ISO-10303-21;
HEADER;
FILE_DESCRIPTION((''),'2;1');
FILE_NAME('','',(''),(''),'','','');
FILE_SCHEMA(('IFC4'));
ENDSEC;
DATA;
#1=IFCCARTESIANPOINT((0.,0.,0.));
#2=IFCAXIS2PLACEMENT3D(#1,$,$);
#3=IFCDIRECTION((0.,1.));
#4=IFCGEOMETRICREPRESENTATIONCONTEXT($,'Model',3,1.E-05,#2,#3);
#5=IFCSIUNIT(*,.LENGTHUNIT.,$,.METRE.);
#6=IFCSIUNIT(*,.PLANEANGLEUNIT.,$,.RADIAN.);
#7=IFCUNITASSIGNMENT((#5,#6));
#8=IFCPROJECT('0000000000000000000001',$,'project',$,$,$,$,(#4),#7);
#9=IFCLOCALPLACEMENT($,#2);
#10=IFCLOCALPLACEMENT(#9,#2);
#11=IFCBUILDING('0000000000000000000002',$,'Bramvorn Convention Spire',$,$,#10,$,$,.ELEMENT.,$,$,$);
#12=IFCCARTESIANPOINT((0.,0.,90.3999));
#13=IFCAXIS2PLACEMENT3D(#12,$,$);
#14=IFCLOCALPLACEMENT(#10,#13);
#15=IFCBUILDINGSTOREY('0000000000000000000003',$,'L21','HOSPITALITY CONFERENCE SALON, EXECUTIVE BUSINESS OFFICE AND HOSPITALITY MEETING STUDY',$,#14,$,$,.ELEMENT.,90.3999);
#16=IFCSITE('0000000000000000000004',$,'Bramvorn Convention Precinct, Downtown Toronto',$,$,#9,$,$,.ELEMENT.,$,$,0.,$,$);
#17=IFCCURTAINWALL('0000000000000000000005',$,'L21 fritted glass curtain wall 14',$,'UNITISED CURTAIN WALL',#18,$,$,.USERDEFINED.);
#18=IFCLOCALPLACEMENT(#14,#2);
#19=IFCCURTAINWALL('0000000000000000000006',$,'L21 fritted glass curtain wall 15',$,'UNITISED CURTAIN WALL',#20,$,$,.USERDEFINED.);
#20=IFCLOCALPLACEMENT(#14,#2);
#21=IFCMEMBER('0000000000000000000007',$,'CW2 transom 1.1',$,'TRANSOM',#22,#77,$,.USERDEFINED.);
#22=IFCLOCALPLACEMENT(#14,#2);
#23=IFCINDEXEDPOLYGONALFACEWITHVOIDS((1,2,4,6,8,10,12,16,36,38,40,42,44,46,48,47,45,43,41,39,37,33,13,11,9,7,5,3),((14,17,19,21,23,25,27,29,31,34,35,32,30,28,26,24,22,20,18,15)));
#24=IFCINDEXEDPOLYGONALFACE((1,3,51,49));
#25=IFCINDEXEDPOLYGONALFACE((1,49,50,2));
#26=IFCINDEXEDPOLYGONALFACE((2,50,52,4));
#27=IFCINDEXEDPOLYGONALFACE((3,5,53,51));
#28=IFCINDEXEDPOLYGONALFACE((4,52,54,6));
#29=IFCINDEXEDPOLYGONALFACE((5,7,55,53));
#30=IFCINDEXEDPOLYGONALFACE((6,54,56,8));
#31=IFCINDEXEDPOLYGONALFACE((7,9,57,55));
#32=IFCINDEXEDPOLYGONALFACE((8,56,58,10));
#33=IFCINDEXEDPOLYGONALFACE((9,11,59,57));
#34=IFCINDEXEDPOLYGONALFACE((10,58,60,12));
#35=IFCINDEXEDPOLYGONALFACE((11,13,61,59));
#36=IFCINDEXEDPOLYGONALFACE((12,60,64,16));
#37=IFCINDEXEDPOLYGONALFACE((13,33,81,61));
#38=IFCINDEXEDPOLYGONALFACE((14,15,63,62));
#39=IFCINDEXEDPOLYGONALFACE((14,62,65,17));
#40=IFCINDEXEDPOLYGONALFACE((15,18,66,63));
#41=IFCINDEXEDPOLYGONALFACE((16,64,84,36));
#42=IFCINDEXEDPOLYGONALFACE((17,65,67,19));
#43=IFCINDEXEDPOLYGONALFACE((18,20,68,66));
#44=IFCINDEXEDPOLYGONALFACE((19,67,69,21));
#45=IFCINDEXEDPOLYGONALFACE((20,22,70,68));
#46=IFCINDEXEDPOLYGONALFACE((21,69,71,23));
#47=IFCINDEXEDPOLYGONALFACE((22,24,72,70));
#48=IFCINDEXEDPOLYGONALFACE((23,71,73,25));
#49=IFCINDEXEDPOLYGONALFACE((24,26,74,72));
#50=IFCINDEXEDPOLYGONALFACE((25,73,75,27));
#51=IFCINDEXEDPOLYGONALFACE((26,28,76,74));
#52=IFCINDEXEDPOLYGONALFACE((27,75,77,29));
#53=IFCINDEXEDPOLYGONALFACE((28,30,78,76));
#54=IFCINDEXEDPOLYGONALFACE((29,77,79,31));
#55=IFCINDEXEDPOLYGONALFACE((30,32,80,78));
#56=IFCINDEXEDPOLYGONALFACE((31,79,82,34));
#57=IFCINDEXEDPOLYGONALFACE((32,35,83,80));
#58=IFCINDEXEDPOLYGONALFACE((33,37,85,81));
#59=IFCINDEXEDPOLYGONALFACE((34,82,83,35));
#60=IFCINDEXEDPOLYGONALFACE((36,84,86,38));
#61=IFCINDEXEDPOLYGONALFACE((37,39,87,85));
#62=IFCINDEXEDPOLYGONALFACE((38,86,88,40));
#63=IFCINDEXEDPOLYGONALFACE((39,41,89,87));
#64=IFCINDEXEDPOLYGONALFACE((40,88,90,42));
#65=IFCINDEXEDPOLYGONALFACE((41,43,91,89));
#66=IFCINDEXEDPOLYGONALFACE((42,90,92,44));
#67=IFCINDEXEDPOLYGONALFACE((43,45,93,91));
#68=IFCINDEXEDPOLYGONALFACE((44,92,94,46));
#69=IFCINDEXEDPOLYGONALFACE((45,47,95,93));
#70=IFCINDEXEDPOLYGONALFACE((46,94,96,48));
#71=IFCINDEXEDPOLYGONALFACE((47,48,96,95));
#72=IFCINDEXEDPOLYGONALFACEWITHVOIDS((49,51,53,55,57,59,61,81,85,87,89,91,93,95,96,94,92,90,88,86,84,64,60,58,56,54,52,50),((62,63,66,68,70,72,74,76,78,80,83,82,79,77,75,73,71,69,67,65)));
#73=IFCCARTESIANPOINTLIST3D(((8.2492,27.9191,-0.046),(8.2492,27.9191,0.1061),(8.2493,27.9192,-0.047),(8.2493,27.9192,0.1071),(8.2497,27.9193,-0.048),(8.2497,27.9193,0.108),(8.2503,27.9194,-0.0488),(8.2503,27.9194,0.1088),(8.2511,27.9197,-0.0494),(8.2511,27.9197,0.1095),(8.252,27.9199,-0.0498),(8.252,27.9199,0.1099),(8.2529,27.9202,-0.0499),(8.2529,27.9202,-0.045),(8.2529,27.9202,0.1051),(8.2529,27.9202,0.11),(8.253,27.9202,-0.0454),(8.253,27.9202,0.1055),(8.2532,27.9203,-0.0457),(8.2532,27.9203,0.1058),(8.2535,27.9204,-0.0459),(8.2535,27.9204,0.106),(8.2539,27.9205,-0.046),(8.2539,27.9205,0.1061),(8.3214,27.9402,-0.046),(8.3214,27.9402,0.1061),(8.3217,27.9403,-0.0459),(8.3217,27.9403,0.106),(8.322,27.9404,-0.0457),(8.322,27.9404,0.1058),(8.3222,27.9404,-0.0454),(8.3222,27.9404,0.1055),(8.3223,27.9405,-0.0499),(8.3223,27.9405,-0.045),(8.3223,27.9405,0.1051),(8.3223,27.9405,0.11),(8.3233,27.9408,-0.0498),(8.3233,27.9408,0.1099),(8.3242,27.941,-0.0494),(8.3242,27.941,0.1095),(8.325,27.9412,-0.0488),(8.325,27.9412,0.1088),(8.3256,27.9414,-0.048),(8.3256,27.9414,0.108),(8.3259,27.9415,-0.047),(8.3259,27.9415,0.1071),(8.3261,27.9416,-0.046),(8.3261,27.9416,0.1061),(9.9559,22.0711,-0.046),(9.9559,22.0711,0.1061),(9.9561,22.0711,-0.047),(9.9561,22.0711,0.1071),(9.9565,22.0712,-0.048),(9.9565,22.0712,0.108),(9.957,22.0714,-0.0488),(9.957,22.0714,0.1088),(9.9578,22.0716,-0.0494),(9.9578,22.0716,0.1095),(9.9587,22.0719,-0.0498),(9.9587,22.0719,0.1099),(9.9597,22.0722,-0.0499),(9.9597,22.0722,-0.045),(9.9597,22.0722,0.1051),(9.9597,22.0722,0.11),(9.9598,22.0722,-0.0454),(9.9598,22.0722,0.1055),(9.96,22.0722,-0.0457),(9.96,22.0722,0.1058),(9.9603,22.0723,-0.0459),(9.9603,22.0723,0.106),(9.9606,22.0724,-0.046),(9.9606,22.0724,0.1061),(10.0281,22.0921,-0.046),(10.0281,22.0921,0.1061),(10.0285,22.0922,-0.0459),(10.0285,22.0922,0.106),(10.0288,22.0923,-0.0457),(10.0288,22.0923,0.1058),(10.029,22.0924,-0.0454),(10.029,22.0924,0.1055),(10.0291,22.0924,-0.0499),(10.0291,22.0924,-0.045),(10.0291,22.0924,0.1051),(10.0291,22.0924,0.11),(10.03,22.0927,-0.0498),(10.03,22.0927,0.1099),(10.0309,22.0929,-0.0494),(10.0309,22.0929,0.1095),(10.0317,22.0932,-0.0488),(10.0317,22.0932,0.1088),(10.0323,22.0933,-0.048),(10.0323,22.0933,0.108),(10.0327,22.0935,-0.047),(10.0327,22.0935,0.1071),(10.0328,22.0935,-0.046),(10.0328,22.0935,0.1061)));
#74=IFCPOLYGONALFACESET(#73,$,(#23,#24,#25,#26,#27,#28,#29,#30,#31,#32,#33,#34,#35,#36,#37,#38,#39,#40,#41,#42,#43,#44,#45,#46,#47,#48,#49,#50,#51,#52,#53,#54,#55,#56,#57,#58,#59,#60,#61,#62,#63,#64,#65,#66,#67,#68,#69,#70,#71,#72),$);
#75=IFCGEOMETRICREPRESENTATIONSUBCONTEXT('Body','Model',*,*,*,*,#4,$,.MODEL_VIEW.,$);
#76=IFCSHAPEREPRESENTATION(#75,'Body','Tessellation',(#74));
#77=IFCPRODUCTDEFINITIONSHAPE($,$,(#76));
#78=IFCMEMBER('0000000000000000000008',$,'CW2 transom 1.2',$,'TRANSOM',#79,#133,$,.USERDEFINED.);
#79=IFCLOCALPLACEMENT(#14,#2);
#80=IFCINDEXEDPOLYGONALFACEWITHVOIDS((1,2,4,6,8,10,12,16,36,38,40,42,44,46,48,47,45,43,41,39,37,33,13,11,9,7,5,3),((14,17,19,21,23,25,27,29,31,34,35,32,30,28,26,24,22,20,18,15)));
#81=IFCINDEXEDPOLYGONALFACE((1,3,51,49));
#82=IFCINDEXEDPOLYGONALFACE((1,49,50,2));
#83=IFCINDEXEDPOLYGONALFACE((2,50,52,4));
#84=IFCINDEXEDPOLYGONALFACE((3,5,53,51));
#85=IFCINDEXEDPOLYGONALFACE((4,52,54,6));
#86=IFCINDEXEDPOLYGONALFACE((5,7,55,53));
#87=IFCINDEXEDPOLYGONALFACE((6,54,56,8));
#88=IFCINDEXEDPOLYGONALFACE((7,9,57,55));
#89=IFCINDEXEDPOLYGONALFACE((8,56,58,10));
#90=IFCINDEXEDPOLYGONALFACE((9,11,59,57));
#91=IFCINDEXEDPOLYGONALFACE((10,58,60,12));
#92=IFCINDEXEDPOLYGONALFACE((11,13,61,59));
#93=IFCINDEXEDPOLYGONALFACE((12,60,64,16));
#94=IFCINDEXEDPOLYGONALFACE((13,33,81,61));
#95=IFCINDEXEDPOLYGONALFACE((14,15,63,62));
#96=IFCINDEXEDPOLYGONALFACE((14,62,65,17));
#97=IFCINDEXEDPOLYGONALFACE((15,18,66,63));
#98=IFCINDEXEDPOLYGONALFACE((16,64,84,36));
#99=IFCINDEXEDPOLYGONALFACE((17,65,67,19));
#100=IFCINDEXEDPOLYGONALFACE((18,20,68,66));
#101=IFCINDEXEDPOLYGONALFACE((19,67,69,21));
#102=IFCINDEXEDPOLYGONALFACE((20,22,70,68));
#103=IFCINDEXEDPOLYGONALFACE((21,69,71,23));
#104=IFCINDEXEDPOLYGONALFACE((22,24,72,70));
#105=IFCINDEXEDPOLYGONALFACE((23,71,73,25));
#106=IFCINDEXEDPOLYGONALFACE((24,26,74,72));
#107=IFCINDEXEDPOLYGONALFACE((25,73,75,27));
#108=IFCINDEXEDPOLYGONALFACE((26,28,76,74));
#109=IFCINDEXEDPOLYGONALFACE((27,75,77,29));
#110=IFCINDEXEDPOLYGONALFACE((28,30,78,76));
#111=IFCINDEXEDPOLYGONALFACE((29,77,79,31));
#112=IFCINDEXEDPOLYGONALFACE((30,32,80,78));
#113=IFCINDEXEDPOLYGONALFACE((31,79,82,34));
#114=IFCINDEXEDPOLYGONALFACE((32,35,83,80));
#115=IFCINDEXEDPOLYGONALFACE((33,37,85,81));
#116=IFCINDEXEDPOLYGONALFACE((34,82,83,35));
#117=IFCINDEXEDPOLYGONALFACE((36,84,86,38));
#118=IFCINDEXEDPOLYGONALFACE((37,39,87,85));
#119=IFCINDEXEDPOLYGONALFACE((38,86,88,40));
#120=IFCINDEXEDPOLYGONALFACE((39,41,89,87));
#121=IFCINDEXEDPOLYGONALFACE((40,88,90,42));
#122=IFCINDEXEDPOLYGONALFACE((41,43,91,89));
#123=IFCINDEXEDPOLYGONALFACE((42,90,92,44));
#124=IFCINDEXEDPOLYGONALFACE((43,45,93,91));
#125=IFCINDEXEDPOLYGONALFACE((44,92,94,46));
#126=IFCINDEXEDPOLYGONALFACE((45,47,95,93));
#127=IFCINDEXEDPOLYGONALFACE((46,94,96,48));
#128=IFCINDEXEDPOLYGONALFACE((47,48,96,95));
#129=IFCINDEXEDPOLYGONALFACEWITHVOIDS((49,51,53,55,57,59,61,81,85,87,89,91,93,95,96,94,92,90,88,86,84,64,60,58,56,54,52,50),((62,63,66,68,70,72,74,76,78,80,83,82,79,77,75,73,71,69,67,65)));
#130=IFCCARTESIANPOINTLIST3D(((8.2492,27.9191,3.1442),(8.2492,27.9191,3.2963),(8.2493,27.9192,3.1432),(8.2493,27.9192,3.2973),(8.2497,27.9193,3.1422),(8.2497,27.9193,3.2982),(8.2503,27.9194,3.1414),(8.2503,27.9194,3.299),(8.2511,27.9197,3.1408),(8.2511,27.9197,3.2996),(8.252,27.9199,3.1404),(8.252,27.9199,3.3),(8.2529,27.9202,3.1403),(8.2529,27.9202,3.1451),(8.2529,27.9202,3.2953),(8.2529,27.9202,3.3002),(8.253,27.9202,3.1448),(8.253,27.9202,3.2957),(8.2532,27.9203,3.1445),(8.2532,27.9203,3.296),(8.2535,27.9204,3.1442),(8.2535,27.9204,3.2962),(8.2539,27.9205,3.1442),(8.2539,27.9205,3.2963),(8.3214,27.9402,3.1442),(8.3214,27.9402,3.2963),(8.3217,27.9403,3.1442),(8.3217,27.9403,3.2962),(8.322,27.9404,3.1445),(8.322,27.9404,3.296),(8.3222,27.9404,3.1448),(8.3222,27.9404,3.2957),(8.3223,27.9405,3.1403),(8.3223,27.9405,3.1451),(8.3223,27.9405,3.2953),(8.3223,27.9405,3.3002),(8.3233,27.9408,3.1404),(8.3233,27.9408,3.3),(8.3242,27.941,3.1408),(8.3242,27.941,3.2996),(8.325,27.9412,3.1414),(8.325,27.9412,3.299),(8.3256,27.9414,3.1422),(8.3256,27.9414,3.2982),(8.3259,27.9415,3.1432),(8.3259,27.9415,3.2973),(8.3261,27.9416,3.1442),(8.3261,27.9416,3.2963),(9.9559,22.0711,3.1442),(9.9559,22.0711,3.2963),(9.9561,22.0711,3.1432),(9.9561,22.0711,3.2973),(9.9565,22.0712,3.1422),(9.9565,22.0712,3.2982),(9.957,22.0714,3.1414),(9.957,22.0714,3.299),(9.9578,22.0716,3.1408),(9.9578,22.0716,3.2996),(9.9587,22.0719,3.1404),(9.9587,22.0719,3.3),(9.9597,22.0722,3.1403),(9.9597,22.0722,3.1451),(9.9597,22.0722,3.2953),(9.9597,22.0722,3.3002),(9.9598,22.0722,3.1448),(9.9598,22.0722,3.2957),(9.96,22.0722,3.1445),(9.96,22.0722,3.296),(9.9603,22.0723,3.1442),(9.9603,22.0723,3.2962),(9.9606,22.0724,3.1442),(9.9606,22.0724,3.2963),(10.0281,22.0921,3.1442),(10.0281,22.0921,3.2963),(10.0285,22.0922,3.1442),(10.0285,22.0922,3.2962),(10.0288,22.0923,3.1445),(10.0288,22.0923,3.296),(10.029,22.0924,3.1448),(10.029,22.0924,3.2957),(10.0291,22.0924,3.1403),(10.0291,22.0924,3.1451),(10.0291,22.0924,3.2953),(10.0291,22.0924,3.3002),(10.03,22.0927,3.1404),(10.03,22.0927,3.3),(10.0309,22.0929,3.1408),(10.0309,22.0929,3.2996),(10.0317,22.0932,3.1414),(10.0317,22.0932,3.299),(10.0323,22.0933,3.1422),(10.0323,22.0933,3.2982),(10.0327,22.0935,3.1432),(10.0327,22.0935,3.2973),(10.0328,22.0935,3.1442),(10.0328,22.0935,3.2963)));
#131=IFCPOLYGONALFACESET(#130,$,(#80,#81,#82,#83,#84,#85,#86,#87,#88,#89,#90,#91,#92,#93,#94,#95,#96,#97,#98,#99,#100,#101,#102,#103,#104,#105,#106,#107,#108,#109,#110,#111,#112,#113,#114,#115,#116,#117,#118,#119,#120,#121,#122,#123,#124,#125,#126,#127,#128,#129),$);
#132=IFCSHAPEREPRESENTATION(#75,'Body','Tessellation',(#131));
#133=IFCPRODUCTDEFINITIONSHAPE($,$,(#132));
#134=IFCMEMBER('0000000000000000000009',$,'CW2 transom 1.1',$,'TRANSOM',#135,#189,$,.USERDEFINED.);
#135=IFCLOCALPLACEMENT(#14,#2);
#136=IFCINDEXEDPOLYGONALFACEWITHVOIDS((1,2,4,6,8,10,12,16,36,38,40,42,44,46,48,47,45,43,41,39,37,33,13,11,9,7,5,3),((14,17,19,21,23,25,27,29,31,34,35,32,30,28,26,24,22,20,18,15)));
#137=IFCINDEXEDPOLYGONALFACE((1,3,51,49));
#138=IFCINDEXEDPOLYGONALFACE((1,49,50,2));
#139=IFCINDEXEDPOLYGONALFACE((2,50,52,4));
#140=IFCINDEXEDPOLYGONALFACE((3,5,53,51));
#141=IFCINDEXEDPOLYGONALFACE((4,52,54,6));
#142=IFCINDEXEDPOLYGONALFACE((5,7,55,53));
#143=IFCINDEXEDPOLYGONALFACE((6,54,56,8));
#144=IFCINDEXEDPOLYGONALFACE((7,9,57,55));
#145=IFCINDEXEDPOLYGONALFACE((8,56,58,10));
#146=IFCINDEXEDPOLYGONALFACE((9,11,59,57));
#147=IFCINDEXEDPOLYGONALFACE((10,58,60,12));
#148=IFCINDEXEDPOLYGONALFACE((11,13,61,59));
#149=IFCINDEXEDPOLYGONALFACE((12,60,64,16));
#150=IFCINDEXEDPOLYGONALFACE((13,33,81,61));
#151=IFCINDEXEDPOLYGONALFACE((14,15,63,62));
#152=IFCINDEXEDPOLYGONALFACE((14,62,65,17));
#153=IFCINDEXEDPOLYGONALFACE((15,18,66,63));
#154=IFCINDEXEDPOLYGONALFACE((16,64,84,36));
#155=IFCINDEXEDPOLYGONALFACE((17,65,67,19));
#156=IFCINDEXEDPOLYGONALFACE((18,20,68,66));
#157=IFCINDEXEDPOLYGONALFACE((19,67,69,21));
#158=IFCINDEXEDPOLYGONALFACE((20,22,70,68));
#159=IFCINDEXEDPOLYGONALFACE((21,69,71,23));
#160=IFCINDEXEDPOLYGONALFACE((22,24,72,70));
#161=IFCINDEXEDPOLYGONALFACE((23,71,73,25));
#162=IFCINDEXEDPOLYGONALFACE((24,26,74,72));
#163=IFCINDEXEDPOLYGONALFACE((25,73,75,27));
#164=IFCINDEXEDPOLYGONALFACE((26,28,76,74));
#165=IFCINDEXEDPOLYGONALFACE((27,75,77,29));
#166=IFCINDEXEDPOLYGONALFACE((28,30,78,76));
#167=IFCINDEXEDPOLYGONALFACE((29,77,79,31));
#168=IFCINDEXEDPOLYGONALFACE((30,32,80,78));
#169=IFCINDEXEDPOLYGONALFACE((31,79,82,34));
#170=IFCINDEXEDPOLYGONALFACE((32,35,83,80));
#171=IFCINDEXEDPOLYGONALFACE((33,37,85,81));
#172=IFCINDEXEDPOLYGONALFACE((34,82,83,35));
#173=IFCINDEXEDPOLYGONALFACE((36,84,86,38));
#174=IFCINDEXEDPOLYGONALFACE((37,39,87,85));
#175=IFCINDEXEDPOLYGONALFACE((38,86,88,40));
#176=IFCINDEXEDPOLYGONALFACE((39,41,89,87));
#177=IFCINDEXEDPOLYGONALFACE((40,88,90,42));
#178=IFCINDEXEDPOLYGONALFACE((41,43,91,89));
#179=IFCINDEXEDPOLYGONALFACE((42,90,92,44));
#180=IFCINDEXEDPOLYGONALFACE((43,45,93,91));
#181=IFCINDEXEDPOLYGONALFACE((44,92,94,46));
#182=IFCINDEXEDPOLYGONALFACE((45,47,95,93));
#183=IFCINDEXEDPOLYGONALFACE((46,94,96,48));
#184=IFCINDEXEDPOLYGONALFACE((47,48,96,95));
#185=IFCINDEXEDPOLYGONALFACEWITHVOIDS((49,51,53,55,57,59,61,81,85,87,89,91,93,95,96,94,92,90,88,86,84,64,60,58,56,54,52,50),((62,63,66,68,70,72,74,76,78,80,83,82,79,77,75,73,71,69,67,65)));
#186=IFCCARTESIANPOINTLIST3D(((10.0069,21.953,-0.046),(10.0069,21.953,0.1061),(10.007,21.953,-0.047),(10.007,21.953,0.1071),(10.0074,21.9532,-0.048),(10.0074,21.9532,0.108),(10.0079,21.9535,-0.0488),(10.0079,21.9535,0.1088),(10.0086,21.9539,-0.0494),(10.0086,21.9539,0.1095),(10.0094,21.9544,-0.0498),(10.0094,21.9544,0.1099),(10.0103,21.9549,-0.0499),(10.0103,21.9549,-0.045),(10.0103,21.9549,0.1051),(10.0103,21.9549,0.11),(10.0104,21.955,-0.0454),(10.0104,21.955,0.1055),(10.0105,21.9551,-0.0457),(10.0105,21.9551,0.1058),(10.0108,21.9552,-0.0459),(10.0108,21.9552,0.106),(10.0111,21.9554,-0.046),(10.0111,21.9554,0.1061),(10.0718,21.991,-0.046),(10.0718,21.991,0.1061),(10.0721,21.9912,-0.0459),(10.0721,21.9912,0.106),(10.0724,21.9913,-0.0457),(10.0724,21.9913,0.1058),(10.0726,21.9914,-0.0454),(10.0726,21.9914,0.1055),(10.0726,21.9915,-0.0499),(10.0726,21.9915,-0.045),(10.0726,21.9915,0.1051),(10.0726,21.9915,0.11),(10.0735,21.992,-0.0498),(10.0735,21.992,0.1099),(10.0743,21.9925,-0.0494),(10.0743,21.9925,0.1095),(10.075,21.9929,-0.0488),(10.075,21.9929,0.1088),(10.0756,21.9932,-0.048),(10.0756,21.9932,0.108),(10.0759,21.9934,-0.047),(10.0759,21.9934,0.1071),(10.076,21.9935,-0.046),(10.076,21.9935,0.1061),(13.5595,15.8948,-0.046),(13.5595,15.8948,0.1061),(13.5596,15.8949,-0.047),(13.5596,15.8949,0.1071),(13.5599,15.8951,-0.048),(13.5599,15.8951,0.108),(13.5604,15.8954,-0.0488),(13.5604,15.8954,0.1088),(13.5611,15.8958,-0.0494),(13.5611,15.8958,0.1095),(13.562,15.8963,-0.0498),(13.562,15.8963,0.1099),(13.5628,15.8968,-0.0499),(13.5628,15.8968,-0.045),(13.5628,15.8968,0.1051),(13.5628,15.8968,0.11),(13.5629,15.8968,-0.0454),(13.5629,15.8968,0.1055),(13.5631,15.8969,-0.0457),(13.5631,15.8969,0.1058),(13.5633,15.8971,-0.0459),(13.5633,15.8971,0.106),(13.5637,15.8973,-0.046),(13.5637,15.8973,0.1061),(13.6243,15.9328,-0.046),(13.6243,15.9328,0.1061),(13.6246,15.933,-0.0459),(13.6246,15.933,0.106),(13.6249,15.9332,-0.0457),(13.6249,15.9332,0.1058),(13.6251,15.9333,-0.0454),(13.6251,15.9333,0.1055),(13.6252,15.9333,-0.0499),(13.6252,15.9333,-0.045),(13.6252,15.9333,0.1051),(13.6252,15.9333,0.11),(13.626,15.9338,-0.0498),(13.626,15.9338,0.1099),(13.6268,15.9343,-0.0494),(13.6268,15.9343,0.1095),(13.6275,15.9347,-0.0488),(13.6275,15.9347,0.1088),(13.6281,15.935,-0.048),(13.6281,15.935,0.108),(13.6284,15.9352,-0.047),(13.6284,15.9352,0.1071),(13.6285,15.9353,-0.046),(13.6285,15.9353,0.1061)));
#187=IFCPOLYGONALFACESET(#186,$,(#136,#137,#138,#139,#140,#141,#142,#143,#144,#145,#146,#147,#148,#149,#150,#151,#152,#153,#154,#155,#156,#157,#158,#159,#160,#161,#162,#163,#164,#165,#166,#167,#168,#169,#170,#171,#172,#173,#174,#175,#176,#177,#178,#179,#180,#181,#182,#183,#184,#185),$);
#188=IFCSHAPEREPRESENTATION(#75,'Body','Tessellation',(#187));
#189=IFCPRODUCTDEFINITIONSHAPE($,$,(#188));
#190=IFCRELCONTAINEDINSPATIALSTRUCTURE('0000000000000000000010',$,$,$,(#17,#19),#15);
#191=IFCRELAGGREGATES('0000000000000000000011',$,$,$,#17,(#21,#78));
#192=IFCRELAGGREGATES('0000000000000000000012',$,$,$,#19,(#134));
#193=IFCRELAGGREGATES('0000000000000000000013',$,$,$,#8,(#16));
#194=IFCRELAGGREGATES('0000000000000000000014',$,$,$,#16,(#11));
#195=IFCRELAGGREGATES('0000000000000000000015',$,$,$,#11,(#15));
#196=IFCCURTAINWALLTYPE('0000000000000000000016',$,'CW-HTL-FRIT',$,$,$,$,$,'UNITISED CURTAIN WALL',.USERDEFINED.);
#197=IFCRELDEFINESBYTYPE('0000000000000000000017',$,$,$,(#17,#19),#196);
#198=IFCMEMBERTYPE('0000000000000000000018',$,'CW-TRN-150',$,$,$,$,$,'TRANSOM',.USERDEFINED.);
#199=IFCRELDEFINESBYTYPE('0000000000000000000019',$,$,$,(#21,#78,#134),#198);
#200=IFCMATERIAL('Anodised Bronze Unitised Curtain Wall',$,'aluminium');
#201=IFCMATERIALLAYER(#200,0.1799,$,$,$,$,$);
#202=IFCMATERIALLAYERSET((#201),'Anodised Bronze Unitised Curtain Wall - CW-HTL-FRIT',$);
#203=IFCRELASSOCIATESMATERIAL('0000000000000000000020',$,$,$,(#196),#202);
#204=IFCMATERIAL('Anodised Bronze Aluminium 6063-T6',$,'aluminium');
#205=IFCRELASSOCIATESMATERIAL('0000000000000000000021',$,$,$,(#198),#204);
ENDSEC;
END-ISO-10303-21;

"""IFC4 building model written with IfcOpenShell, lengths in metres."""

from ifc_helpers import new_model, si_unit, direction, frame, origin, origin_2d, place, context, subcontext, project, spatial, hollow_rectangle, extrude, material, layer, layer_set, material_profile, profile_set, type_object, element, aggregate, save


model = new_model("IFC4")

# Units and contexts
model_context = context("Model", 3, precision=1e-05, world=origin(), true_north=direction((0.0, 1.0)))
body_context = subcontext(model_context, "Body", "Model", "MODEL_VIEW")
ifc_project = project(units=[si_unit("LENGTHUNIT", "METRE"), si_unit("PLANEANGLEUNIT", "RADIAN")], contexts=[model_context])

# Site, building, storey
site_placement = place(None, origin())
site = spatial("IfcSite", under=ifc_project, at=site_placement, Name="Bramvorn Convention Precinct, Downtown Toronto", CompositionType="ELEMENT", RefElevation=0.0)
building_placement = place(site_placement, origin())
building = spatial("IfcBuilding", under=site, at=building_placement, Name="Bramvorn Convention Spire", CompositionType="ELEMENT")
storey_placement = place(building_placement, frame((0.0, 0.0, 90.3999)))
storey = spatial("IfcBuildingStorey", under=building, at=storey_placement, Name="L21", Description="HOSPITALITY CONFERENCE SALON, EXECUTIVE BUSINESS OFFICE AND HOSPITALITY MEETING STUDY", CompositionType="ELEMENT", Elevation=90.3999)

# Curtain wall
ifc_material_1 = material(Name="Anodised Bronze Unitised Curtain Wall", Category="aluminium")
ifc_layer_1 = layer(ifc_material_1, 0.1799)
ifc_layer_set_1 = layer_set([ifc_layer_1], Name="Anodised Bronze Unitised Curtain Wall - CW-HTL-FRIT")
curtain_wall_type = type_object("IfcCurtainWallType", Name="CW-HTL-FRIT", ElementType="UNITISED CURTAIN WALL", PredefinedType="USERDEFINED", material=ifc_layer_set_1)
curtain_wall_1_placement = place(storey_placement, origin())
curtain_wall_1 = element("IfcCurtainWall", 1, at=curtain_wall_1_placement, inside=storey, type_object=curtain_wall_type, Name="L21 fritted glass curtain wall 14", ObjectType="UNITISED CURTAIN WALL", PredefinedType="USERDEFINED")
ifc_material_2 = material(Name="Anodised Bronze Aluminium 6063-T6", Category="aluminium")

# Curtain wall
curtain_wall_2_placement = place(storey_placement, origin())
curtain_wall_2 = element("IfcCurtainWall", 2, at=curtain_wall_2_placement, inside=storey, type_object=curtain_wall_type, Name="L21 fritted glass curtain wall 15", ObjectType="UNITISED CURTAIN WALL", PredefinedType="USERDEFINED")

# Members
ifc_material_profile_1 = material_profile(ifc_material_2, hollow_rectangle(XDim=0.0801, YDim=0.1599, WallThickness=0.0039, InnerFilletRadius=0.001, OuterFilletRadius=0.0039, at=origin_2d()))
ifc_profile_set_1 = profile_set([ifc_material_profile_1], Name="Anodised Bronze Aluminium 6063-T6 - CWT80X160")
member_type_1 = type_object("IfcMemberType", Name="CW-TRN-150", ElementType="TRANSOM", PredefinedType="USERDEFINED", material=ifc_profile_set_1)
member_1_placement = place(storey_placement, frame((9.9944, 22.0823, 0.03), z_axis=(-0.280163, 0.959952, 0.0), x_axis=(-0.959952, -0.280163, 0.0)))
member_1 = element("IfcMember", 3, at=member_1_placement, type_object=member_type_1, Name="CW2 transom 1.1", ObjectType="TRANSOM", PredefinedType="USERDEFINED", context=body_context, shape_type="SweptSolid", body=[
    extrude(hollow_rectangle(XDim=0.0801, YDim=0.1599, WallThickness=0.0039, InnerFilletRadius=0.001, OuterFilletRadius=0.0039, at=origin_2d()), origin(), (0.0, 0.0, 1.0), 6.092),
])
member_2_placement = place(storey_placement, frame((9.9944, 22.0823, 3.2202), z_axis=(-0.280163, 0.959952, 0.0), x_axis=(-0.959952, -0.280163, 0.0)))
member_2 = element("IfcMember", 4, at=member_2_placement, type_object=member_type_1, Name="CW2 transom 1.2", ObjectType="TRANSOM", PredefinedType="USERDEFINED", context=body_context, shape_type="SweptSolid", body=[
    extrude(hollow_rectangle(XDim=0.0801, YDim=0.1599, WallThickness=0.0039, InnerFilletRadius=0.001, OuterFilletRadius=0.0039, at=origin_2d()), origin(), (0.0, 0.0, 1.0), 6.092),
])
member_3_placement = place(storey_placement, frame((13.594, 15.915, 0.03), z_axis=(-0.505845, 0.862624, 0.0), x_axis=(-0.862624, -0.505845, 0.0)))
member_3 = element("IfcMember", 5, at=member_3_placement, type_object=member_type_1, Name="CW2 transom 1.1", ObjectType="TRANSOM", PredefinedType="USERDEFINED", context=body_context, shape_type="SweptSolid", body=[
    extrude(hollow_rectangle(XDim=0.0801, YDim=0.1599, WallThickness=0.0039, InnerFilletRadius=0.001, OuterFilletRadius=0.0039, at=origin_2d()), origin(), (0.0, 0.0, 1.0), 7.0229),
])

aggregate(curtain_wall_1, [member_1, member_2])
aggregate(curtain_wall_2, [member_3])

save(model, "model.ifc")
